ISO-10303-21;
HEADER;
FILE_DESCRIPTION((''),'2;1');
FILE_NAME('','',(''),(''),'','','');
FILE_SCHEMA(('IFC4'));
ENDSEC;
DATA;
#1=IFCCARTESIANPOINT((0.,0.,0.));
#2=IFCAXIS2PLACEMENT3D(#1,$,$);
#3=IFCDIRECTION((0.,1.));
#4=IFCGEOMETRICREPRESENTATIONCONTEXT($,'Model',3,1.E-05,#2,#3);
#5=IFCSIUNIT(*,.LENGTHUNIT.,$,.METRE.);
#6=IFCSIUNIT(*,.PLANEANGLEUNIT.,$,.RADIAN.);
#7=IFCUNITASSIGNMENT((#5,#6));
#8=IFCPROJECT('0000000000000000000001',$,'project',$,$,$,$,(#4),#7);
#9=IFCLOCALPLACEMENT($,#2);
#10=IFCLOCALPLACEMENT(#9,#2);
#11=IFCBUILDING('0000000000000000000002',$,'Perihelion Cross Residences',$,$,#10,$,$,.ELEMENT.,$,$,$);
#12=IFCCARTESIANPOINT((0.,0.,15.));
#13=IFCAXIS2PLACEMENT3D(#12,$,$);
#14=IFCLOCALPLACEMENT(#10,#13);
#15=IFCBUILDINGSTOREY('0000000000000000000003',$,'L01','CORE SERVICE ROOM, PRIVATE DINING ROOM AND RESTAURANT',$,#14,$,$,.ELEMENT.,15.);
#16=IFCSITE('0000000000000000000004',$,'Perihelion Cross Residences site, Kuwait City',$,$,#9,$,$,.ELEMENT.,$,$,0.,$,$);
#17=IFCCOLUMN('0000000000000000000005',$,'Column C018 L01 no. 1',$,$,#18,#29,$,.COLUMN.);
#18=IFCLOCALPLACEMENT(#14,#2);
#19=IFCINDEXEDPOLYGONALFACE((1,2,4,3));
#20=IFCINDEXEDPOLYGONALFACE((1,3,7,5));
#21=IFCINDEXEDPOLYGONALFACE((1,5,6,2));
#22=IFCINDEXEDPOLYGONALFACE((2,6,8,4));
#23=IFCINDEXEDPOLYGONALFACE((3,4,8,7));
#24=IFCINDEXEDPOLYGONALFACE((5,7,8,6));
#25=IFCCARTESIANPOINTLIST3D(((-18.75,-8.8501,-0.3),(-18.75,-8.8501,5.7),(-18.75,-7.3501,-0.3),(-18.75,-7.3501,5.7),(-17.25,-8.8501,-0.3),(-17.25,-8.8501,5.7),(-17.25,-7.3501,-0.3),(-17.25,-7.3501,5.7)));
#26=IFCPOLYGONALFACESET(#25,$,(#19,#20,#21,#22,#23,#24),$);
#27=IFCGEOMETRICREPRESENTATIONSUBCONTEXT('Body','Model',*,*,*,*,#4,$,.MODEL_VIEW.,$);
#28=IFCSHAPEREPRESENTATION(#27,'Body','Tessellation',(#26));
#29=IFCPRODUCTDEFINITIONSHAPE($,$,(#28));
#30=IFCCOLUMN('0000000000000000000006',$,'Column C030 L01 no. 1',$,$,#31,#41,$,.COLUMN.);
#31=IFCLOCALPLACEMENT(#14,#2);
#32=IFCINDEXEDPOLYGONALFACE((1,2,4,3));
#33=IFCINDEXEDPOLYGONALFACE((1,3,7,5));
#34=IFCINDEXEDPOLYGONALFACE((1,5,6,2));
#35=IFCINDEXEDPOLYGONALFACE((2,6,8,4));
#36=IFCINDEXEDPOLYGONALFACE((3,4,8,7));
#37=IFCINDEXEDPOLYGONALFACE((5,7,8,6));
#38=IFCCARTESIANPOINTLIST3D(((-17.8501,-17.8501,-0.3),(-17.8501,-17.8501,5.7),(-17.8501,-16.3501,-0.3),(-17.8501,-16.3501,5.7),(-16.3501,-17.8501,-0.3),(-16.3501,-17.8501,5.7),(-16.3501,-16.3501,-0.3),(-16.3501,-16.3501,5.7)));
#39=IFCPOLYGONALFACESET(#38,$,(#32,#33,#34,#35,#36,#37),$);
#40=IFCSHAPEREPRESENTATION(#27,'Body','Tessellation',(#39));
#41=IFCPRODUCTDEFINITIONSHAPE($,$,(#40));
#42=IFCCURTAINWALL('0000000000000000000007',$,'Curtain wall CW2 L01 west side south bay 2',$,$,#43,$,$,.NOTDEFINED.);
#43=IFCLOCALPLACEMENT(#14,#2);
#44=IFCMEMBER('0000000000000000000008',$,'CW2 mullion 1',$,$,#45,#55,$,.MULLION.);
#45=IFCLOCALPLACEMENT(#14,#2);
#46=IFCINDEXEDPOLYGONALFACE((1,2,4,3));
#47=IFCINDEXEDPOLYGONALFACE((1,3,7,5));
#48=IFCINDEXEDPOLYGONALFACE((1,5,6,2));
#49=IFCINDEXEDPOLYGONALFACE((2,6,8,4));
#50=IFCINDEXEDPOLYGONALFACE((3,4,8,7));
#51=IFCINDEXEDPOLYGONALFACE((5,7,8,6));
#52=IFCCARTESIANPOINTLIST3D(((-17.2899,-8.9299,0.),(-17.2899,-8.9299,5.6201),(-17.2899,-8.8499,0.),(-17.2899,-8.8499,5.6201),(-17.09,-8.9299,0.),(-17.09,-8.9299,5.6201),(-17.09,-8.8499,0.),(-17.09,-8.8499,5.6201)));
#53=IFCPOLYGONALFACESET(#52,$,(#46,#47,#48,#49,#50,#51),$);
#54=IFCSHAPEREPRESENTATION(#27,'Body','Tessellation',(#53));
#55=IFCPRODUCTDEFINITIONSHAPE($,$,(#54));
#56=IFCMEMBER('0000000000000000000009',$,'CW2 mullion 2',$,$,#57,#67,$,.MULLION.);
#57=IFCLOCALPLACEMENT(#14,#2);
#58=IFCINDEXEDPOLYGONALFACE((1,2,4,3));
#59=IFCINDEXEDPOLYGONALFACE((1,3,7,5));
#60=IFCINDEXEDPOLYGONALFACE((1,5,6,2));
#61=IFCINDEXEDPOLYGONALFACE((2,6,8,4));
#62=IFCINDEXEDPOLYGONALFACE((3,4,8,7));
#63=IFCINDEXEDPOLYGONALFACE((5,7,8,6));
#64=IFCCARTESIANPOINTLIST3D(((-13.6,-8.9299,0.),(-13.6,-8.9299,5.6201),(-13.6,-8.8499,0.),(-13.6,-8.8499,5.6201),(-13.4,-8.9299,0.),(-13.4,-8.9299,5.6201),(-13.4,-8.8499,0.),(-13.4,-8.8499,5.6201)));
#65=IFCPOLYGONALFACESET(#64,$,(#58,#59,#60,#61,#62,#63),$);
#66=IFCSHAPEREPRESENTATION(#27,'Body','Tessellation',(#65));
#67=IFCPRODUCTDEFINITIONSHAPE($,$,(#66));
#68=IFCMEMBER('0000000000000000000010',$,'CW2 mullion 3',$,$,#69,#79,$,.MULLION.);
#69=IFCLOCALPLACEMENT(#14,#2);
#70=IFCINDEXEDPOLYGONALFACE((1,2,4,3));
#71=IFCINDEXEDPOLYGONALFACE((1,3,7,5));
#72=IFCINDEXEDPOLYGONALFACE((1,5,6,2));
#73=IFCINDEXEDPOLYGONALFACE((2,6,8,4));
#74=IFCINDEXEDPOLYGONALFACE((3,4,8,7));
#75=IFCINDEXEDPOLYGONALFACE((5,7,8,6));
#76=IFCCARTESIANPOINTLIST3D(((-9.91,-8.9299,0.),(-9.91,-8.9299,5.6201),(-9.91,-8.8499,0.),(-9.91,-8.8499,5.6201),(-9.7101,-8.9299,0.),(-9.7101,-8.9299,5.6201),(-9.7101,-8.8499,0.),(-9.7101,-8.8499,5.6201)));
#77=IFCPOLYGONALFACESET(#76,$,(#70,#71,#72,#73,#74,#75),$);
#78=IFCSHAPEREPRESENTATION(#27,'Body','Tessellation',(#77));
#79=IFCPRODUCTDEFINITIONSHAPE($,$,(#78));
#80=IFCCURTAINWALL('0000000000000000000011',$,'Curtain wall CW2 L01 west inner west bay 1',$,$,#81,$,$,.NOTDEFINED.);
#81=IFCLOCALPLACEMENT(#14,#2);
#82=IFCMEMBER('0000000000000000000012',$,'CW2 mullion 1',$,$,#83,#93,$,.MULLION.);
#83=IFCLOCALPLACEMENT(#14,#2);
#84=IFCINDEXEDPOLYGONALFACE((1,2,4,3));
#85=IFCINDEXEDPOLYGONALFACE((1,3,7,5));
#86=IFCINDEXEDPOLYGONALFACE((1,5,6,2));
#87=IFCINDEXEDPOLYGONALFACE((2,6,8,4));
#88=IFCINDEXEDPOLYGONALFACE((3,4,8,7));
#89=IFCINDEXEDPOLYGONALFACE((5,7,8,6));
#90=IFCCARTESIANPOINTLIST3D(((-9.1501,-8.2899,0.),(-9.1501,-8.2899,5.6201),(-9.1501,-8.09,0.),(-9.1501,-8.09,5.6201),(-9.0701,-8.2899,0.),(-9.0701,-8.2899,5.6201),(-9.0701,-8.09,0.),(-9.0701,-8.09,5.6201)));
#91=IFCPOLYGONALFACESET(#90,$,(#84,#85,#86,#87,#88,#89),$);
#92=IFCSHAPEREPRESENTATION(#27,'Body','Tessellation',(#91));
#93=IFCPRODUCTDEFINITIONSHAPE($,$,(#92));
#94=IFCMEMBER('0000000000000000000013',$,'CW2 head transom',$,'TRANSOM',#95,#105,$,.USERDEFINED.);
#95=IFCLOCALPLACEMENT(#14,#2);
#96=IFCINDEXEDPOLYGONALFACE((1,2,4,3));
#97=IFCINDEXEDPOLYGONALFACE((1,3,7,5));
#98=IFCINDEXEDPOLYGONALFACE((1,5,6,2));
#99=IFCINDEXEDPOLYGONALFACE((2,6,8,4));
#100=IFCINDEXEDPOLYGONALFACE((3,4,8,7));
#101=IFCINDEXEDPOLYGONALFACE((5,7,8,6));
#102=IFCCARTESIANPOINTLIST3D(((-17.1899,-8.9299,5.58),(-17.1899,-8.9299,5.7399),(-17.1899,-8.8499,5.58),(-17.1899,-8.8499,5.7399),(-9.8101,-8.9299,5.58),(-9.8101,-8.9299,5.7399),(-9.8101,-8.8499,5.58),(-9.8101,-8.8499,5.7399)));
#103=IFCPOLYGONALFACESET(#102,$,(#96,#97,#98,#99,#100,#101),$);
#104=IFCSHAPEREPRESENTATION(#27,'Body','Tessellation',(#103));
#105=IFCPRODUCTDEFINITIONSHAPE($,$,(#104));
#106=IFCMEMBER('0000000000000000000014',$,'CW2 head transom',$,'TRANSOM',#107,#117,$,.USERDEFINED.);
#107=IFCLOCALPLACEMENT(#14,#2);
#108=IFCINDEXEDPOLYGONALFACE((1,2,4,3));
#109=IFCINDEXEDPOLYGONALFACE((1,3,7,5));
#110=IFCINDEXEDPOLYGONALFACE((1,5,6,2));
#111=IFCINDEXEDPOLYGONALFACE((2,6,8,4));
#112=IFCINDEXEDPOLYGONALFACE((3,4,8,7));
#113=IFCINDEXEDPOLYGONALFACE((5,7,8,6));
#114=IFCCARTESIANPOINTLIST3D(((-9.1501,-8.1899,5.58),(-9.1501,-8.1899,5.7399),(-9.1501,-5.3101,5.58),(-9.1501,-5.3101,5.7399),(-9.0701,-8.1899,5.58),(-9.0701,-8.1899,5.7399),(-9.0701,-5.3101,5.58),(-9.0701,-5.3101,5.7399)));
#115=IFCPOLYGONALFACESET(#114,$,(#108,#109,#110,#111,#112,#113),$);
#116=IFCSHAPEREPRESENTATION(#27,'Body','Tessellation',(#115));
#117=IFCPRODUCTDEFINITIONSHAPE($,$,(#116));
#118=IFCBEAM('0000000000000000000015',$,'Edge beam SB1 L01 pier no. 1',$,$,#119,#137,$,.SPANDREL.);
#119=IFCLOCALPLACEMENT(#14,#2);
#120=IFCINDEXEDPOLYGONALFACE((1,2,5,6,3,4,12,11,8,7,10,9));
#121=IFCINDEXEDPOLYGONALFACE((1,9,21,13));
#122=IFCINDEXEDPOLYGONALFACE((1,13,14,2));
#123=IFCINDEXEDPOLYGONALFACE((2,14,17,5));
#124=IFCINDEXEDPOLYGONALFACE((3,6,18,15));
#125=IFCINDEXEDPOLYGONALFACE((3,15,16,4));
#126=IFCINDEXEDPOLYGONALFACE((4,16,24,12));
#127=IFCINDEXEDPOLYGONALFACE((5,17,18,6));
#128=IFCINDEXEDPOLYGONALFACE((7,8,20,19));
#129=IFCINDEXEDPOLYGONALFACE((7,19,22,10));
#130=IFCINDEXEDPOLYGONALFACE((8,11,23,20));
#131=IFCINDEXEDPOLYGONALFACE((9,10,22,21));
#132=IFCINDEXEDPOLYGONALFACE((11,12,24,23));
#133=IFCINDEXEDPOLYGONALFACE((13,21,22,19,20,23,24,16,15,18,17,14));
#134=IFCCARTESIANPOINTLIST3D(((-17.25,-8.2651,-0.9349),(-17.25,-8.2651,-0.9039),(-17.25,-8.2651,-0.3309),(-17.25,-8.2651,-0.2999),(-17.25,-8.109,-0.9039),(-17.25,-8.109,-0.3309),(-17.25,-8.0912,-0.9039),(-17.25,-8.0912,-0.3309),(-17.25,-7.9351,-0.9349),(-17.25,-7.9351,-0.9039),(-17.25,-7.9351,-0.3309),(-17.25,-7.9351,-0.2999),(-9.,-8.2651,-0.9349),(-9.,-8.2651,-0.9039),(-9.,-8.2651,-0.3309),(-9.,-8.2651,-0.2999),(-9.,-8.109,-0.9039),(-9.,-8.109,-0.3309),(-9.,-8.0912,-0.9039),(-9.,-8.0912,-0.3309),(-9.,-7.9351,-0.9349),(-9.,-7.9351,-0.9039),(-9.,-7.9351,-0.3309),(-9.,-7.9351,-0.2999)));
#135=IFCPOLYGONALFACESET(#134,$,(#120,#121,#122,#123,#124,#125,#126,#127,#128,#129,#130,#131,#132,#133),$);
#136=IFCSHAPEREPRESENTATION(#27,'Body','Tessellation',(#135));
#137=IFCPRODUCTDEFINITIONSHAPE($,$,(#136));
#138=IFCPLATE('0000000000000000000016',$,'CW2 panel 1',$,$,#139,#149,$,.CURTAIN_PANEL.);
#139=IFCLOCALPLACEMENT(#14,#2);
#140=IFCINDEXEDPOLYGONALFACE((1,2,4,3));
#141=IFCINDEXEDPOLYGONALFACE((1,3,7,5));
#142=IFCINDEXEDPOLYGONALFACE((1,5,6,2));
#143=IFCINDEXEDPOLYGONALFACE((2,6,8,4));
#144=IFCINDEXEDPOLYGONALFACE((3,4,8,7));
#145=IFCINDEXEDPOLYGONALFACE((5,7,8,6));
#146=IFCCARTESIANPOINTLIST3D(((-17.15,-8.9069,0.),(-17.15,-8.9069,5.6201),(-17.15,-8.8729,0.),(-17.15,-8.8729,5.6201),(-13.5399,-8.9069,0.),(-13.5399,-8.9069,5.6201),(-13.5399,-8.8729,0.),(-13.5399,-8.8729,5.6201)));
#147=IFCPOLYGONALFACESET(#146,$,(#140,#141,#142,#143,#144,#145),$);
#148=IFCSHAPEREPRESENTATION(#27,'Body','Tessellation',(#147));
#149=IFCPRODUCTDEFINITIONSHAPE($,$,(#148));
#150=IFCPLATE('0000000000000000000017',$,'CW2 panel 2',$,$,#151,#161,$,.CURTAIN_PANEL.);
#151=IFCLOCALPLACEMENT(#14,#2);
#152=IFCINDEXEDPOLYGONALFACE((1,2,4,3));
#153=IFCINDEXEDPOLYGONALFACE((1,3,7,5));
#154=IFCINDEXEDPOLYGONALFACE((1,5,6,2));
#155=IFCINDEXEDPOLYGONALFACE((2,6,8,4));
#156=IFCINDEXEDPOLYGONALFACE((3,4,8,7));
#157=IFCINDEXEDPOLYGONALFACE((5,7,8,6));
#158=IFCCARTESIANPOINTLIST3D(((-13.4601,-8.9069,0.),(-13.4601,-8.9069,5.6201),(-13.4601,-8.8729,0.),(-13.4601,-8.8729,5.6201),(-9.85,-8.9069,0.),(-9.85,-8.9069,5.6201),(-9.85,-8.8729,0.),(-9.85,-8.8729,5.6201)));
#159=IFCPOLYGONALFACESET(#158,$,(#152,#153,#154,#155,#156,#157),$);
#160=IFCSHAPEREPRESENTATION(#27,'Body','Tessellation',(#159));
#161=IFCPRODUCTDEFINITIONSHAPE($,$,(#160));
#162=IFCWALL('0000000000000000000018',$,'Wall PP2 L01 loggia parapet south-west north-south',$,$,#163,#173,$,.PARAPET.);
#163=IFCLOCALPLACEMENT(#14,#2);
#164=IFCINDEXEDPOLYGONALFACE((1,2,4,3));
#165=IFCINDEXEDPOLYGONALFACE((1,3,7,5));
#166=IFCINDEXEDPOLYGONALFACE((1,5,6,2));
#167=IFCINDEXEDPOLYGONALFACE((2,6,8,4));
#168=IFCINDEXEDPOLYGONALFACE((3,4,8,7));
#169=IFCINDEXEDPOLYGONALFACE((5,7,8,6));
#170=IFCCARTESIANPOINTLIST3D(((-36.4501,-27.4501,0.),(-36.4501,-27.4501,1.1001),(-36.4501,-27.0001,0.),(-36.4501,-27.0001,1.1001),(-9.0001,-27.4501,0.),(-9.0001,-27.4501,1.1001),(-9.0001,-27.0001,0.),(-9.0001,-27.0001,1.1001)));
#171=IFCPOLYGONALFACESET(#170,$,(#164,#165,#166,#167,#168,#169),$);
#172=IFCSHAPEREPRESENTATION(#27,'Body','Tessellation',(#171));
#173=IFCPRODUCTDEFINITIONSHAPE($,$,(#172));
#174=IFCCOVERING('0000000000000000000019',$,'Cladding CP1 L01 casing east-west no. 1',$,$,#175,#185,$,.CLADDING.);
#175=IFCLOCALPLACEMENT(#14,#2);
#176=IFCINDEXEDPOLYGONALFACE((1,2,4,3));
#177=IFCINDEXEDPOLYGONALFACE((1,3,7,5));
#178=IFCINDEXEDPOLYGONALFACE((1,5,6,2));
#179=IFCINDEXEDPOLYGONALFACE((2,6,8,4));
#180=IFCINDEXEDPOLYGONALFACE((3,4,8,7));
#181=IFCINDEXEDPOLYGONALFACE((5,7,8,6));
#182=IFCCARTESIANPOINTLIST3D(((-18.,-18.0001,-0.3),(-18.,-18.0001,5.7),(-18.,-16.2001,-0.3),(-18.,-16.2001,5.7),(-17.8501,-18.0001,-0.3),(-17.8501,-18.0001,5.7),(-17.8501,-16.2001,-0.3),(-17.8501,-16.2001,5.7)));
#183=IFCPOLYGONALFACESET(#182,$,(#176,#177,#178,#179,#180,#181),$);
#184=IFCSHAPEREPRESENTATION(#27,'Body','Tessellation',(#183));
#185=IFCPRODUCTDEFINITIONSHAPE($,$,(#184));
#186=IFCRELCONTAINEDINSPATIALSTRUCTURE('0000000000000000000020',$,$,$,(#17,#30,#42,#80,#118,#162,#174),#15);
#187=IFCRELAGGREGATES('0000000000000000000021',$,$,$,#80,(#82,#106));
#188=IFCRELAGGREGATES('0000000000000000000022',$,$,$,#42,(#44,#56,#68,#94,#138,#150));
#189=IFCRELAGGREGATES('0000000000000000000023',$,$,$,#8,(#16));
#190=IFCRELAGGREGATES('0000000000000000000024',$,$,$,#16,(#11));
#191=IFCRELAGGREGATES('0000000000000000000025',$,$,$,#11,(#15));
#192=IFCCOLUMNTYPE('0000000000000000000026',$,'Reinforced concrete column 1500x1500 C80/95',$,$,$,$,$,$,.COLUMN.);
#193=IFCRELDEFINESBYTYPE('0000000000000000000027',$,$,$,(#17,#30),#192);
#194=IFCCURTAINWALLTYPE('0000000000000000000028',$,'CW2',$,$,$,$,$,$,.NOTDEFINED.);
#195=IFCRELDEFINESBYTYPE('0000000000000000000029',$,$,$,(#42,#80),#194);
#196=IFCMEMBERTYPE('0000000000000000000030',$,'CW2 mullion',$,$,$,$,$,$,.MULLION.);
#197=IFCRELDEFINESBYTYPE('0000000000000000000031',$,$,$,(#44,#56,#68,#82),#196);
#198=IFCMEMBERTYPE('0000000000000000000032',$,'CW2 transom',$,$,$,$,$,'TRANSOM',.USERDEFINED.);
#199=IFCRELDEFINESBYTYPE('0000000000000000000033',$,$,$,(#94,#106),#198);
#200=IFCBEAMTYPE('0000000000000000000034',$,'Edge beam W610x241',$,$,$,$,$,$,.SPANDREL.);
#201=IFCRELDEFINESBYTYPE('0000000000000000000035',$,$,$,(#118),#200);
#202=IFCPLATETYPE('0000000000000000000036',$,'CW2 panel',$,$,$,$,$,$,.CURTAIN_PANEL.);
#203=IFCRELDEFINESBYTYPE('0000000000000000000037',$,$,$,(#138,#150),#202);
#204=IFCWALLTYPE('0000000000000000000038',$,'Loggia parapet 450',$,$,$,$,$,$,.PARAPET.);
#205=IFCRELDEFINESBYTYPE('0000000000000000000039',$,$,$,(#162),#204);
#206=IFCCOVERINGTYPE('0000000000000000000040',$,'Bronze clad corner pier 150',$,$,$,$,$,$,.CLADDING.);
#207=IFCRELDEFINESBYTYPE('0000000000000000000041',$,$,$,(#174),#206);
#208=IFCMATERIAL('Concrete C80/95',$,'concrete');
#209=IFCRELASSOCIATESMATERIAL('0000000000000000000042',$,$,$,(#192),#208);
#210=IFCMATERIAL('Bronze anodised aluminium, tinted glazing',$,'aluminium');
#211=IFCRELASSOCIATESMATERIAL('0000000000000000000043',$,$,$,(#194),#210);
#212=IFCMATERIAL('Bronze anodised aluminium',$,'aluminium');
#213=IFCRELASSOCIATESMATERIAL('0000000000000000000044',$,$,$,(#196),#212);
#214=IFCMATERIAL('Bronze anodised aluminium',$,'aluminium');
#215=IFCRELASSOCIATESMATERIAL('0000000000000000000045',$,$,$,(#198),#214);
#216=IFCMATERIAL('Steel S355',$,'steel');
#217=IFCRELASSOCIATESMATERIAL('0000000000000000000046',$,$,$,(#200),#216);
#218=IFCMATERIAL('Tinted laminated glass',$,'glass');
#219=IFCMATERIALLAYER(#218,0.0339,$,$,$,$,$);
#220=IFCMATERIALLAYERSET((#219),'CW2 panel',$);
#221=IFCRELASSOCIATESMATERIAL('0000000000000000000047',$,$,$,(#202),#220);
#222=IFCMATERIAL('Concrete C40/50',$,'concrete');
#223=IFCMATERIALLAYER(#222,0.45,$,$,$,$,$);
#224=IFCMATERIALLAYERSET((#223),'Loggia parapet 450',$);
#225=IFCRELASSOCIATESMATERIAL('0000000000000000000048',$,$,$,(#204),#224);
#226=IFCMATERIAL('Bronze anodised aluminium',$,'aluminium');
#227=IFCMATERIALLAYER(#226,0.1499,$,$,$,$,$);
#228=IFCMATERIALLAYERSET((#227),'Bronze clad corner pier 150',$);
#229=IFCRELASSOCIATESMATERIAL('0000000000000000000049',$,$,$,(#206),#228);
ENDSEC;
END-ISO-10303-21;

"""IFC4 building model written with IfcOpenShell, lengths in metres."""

from ifc_helpers import new_model, si_unit, direction, frame, frame_2d, origin, origin_2d, place, context, subcontext, project, spatial, rectangle, i_section, extrude, material, layer, layer_set, material_profile, profile_set, type_object, element, aggregate, save


model = new_model("IFC4")

# Units and contexts
model_context = context("Model", 3, precision=1e-05, world=origin(), true_north=direction((0.0, 1.0)))
body_context = subcontext(model_context, "Body", "Model", "MODEL_VIEW")
ifc_project = project(units=[si_unit("LENGTHUNIT", "METRE"), si_unit("PLANEANGLEUNIT", "RADIAN")], contexts=[model_context])

# Site, building, storey
site_placement = place(None, origin())
site = spatial("IfcSite", under=ifc_project, at=site_placement, Name="Perihelion Cross Residences site, Kuwait City", CompositionType="ELEMENT", RefElevation=0.0)
building_placement = place(site_placement, origin())
building = spatial("IfcBuilding", under=site, at=building_placement, Name="Perihelion Cross Residences", CompositionType="ELEMENT")
storey_placement = place(building_placement, frame((0.0, 0.0, 15.0)))
storey = spatial("IfcBuildingStorey", under=building, at=storey_placement, Name="L01", Description="CORE SERVICE ROOM, PRIVATE DINING ROOM AND RESTAURANT", CompositionType="ELEMENT", Elevation=15.0)

# Columns
ifc_material_1 = material(Name="Concrete C80/95", Category="concrete")
ifc_material_profile_1 = material_profile(ifc_material_1, rectangle(XDim=1.5, YDim=1.5, at=origin_2d()), Name="RC 1500x1500")
ifc_profile_set_1 = profile_set([ifc_material_profile_1], Name="Concrete C80/95")
column_type = type_object("IfcColumnType", Name="Reinforced concrete column 1500x1500 C80/95", PredefinedType="COLUMN", material=ifc_profile_set_1)
for number, where, z_axis, x_axis, name in (
    (1, (-18.0, -8.1001, -0.3), (0.0, 0.0, 1.0), (1.0, 0.0, 0.0), "Column C018 L01 no. 1"),
    (2, (-17.1001, -17.1001, -0.3), (0.0, 0.0, 1.0), (1.0, 0.0, 0.0), "Column C030 L01 no. 1"),
):
    element("IfcColumn", number, at=place(storey_placement, frame(where, z_axis=z_axis, x_axis=x_axis)), inside=storey, type_object=column_type, Name=name, PredefinedType="COLUMN", context=body_context, shape_type="SweptSolid", body=[
        extrude(rectangle(XDim=1.5, YDim=1.5, at=origin_2d()), origin(), (0.0, 0.0, 1.0), 6.0),
    ])

# Curtain wall, members
ifc_material_2 = material(Name="Bronze anodised aluminium, tinted glazing", Category="aluminium")
curtain_wall_type = type_object("IfcCurtainWallType", Name="CW2", PredefinedType="NOTDEFINED", material=ifc_material_2)
curtain_wall_1_placement = place(storey_placement, origin())
curtain_wall_1 = element("IfcCurtainWall", 3, at=curtain_wall_1_placement, inside=storey, type_object=curtain_wall_type, Name="Curtain wall CW2 L01 west side south bay 2", PredefinedType="NOTDEFINED")
ifc_material_3 = material(Name="Bronze anodised aluminium", Category="aluminium")
ifc_material_profile_2 = material_profile(ifc_material_3, rectangle(XDim=0.0801, YDim=0.2, at=origin_2d()), Name="CW2 mullion")
ifc_profile_set_2 = profile_set([ifc_material_profile_2], Name="Bronze anodised aluminium")
member_type_1 = type_object("IfcMemberType", Name="CW2 mullion", PredefinedType="MULLION", material=ifc_profile_set_2)
member_1_placement = place(storey_placement, frame((-17.1899, -8.8899, 0.0), z_axis=(0.0, 0.0, 1.0), x_axis=(0.0, 1.0, 0.0)))
member_1 = element("IfcMember", 4, at=member_1_placement, type_object=member_type_1, Name="CW2 mullion 1", PredefinedType="MULLION", context=body_context, shape_type="SweptSolid", body=[
    extrude(rectangle(XDim=0.0801, YDim=0.2, at=origin_2d()), origin(), (0.0, 0.0, 1.0), 5.6201),
])
member_2_placement = place(storey_placement, frame((-13.5, -8.8899, 0.0), z_axis=(0.0, 0.0, 1.0), x_axis=(0.0, 1.0, 0.0)))
member_2 = element("IfcMember", 5, at=member_2_placement, type_object=member_type_1, Name="CW2 mullion 2", PredefinedType="MULLION", context=body_context, shape_type="SweptSolid", body=[
    extrude(rectangle(XDim=0.0801, YDim=0.2, at=origin_2d()), origin(), (0.0, 0.0, 1.0), 5.6201),
])
member_3_placement = place(storey_placement, frame((-9.8101, -8.8899, 0.0), z_axis=(0.0, 0.0, 1.0), x_axis=(0.0, 1.0, 0.0)))
member_3 = element("IfcMember", 6, at=member_3_placement, type_object=member_type_1, Name="CW2 mullion 3", PredefinedType="MULLION", context=body_context, shape_type="SweptSolid", body=[
    extrude(rectangle(XDim=0.0801, YDim=0.2, at=origin_2d()), origin(), (0.0, 0.0, 1.0), 5.6201),
])

# Curtain wall, member
curtain_wall_2_placement = place(storey_placement, origin())
curtain_wall_2 = element("IfcCurtainWall", 7, at=curtain_wall_2_placement, inside=storey, type_object=curtain_wall_type, Name="Curtain wall CW2 L01 west inner west bay 1", PredefinedType="NOTDEFINED")
member_4_placement = place(storey_placement, frame((-9.1101, -8.1899, 0.0), z_axis=(0.0, 0.0, 1.0), x_axis=(-1.0, 0.0, 0.0)))
member_4 = element("IfcMember", 8, at=member_4_placement, type_object=member_type_1, Name="CW2 mullion 1", PredefinedType="MULLION", context=body_context, shape_type="SweptSolid", body=[
    extrude(rectangle(XDim=0.0801, YDim=0.2, at=origin_2d()), origin(), (0.0, 0.0, 1.0), 5.6201),
])

# Members
ifc_material_4 = material(Name="Bronze anodised aluminium", Category="aluminium")
ifc_material_profile_3 = material_profile(ifc_material_4, rectangle(XDim=0.0801, YDim=0.1599, at=origin_2d()), Name="CW2 transom")
ifc_profile_set_3 = profile_set([ifc_material_profile_3], Name="Bronze anodised aluminium")
member_type_2 = type_object("IfcMemberType", Name="CW2 transom", ElementType="TRANSOM", PredefinedType="USERDEFINED", material=ifc_profile_set_3)
member_5_placement = place(storey_placement, frame((-17.1899, -8.8899, 5.6599), z_axis=(1.0, 0.0, 0.0), x_axis=(0.0, 1.0, 0.0)))
member_5 = element("IfcMember", 9, at=member_5_placement, type_object=member_type_2, Name="CW2 head transom", ObjectType="TRANSOM", PredefinedType="USERDEFINED", context=body_context, shape_type="SweptSolid", body=[
    extrude(rectangle(XDim=0.0801, YDim=0.1599, at=origin_2d()), origin(), (0.0, 0.0, 1.0), 7.3799),
])
member_6_placement = place(storey_placement, frame((-9.1101, -8.1899, 5.6599), z_axis=(0.0, 1.0, 0.0), x_axis=(-1.0, 0.0, 0.0)))
member_6 = element("IfcMember", 10, at=member_6_placement, type_object=member_type_2, Name="CW2 head transom", ObjectType="TRANSOM", PredefinedType="USERDEFINED", context=body_context, shape_type="SweptSolid", body=[
    extrude(rectangle(XDim=0.0801, YDim=0.1599, at=origin_2d()), origin(), (0.0, 0.0, 1.0), 2.8799),
])
aggregate(curtain_wall_2, [member_4, member_6])

# Beam
ifc_material_5 = material(Name="Steel S355", Category="steel")
ifc_material_profile_4 = material_profile(ifc_material_5, i_section(OverallWidth=0.3301, OverallDepth=0.635, WebThickness=0.0178, FlangeThickness=0.031, at=origin_2d()), Name="W610x241")
ifc_profile_set_4 = profile_set([ifc_material_profile_4], Name="Steel S355")
beam_type = type_object("IfcBeamType", Name="Edge beam W610x241", PredefinedType="SPANDREL", material=ifc_profile_set_4)
beam_placement = place(storey_placement, frame((-9.0, -8.1001, -0.6174), z_axis=(-1.0, 0.0, 0.0), x_axis=(0.0, -1.0, 0.0)))
element("IfcBeam", 11, at=beam_placement, inside=storey, type_object=beam_type, Name="Edge beam SB1 L01 pier no. 1", PredefinedType="SPANDREL", context=body_context, shape_type="SweptSolid", body=[
    extrude(i_section(OverallWidth=0.3301, OverallDepth=0.635, WebThickness=0.0178, FlangeThickness=0.031, at=origin_2d()), origin(), (0.0, 0.0, 1.0), 8.25),
])

# Plates
ifc_material_6 = material(Name="Tinted laminated glass", Category="glass")
ifc_layer_1 = layer(ifc_material_6, 0.0339)
ifc_layer_set_1 = layer_set([ifc_layer_1], Name="CW2 panel")
plate_type = type_object("IfcPlateType", Name="CW2 panel", PredefinedType="CURTAIN_PANEL", material=ifc_layer_set_1)
plate_1_placement = place(storey_placement, frame((-15.345, -8.8899, 0.0), z_axis=(0.0, 0.0, 1.0), x_axis=(1.0, 0.0, 0.0)))
plate_1 = element("IfcPlate", 12, at=plate_1_placement, type_object=plate_type, Name="CW2 panel 1", PredefinedType="CURTAIN_PANEL", context=body_context, shape_type="SweptSolid", body=[
    extrude(rectangle(XDim=3.6101, YDim=0.0339, at=origin_2d()), origin(), (0.0, 0.0, 1.0), 5.6201),
])
plate_2_placement = place(storey_placement, frame((-11.655, -8.8899, 0.0), z_axis=(0.0, 0.0, 1.0), x_axis=(1.0, 0.0, 0.0)))
plate_2 = element("IfcPlate", 13, at=plate_2_placement, type_object=plate_type, Name="CW2 panel 2", PredefinedType="CURTAIN_PANEL", context=body_context, shape_type="SweptSolid", body=[
    extrude(rectangle(XDim=3.6101, YDim=0.0339, at=origin_2d()), origin(), (0.0, 0.0, 1.0), 5.6201),
])
aggregate(curtain_wall_1, [member_1, member_2, member_3, member_5, plate_1, plate_2])

# Wall
ifc_material_7 = material(Name="Concrete C40/50", Category="concrete")
ifc_layer_2 = layer(ifc_material_7, 0.45)
ifc_layer_set_2 = layer_set([ifc_layer_2], Name="Loggia parapet 450")
wall_type = type_object("IfcWallType", Name="Loggia parapet 450", PredefinedType="PARAPET", material=ifc_layer_set_2)
wall_placement = place(storey_placement, frame((-9.0, -27.2251, 0.0), z_axis=(0.0, 0.0, 1.0), x_axis=(-1.0, 0.0, 0.0)))
element("IfcWall", 14, at=wall_placement, inside=storey, type_object=wall_type, Name="Wall PP2 L01 loggia parapet south-west north-south", PredefinedType="PARAPET", context=body_context, shape_type="SweptSolid", body=[
    extrude(rectangle(XDim=27.45, YDim=0.45, at=frame_2d((13.7251, 0.0))), origin(), (0.0, 0.0, 1.0), 1.1001),
])

# Covering
ifc_material_8 = material(Name="Bronze anodised aluminium", Category="aluminium")
ifc_layer_3 = layer(ifc_material_8, 0.1499)
ifc_layer_set_3 = layer_set([ifc_layer_3], Name="Bronze clad corner pier 150")
covering_type = type_object("IfcCoveringType", Name="Bronze clad corner pier 150", PredefinedType="CLADDING", material=ifc_layer_set_3)
covering_1_placement = place(storey_placement, frame((-17.925, -17.1001, -0.3), z_axis=(0.0, 0.0, 1.0), x_axis=(1.0, 0.0, 0.0)))
element("IfcCovering", 15, at=covering_1_placement, inside=storey, type_object=covering_type, Name="Cladding CP1 L01 casing east-west no. 1", PredefinedType="CLADDING", context=body_context, shape_type="SweptSolid", body=[
    extrude(rectangle(XDim=0.1499, YDim=1.8, at=origin_2d()), origin(), (0.0, 0.0, 1.0), 6.0),
])

save(model, "model.ifc")
